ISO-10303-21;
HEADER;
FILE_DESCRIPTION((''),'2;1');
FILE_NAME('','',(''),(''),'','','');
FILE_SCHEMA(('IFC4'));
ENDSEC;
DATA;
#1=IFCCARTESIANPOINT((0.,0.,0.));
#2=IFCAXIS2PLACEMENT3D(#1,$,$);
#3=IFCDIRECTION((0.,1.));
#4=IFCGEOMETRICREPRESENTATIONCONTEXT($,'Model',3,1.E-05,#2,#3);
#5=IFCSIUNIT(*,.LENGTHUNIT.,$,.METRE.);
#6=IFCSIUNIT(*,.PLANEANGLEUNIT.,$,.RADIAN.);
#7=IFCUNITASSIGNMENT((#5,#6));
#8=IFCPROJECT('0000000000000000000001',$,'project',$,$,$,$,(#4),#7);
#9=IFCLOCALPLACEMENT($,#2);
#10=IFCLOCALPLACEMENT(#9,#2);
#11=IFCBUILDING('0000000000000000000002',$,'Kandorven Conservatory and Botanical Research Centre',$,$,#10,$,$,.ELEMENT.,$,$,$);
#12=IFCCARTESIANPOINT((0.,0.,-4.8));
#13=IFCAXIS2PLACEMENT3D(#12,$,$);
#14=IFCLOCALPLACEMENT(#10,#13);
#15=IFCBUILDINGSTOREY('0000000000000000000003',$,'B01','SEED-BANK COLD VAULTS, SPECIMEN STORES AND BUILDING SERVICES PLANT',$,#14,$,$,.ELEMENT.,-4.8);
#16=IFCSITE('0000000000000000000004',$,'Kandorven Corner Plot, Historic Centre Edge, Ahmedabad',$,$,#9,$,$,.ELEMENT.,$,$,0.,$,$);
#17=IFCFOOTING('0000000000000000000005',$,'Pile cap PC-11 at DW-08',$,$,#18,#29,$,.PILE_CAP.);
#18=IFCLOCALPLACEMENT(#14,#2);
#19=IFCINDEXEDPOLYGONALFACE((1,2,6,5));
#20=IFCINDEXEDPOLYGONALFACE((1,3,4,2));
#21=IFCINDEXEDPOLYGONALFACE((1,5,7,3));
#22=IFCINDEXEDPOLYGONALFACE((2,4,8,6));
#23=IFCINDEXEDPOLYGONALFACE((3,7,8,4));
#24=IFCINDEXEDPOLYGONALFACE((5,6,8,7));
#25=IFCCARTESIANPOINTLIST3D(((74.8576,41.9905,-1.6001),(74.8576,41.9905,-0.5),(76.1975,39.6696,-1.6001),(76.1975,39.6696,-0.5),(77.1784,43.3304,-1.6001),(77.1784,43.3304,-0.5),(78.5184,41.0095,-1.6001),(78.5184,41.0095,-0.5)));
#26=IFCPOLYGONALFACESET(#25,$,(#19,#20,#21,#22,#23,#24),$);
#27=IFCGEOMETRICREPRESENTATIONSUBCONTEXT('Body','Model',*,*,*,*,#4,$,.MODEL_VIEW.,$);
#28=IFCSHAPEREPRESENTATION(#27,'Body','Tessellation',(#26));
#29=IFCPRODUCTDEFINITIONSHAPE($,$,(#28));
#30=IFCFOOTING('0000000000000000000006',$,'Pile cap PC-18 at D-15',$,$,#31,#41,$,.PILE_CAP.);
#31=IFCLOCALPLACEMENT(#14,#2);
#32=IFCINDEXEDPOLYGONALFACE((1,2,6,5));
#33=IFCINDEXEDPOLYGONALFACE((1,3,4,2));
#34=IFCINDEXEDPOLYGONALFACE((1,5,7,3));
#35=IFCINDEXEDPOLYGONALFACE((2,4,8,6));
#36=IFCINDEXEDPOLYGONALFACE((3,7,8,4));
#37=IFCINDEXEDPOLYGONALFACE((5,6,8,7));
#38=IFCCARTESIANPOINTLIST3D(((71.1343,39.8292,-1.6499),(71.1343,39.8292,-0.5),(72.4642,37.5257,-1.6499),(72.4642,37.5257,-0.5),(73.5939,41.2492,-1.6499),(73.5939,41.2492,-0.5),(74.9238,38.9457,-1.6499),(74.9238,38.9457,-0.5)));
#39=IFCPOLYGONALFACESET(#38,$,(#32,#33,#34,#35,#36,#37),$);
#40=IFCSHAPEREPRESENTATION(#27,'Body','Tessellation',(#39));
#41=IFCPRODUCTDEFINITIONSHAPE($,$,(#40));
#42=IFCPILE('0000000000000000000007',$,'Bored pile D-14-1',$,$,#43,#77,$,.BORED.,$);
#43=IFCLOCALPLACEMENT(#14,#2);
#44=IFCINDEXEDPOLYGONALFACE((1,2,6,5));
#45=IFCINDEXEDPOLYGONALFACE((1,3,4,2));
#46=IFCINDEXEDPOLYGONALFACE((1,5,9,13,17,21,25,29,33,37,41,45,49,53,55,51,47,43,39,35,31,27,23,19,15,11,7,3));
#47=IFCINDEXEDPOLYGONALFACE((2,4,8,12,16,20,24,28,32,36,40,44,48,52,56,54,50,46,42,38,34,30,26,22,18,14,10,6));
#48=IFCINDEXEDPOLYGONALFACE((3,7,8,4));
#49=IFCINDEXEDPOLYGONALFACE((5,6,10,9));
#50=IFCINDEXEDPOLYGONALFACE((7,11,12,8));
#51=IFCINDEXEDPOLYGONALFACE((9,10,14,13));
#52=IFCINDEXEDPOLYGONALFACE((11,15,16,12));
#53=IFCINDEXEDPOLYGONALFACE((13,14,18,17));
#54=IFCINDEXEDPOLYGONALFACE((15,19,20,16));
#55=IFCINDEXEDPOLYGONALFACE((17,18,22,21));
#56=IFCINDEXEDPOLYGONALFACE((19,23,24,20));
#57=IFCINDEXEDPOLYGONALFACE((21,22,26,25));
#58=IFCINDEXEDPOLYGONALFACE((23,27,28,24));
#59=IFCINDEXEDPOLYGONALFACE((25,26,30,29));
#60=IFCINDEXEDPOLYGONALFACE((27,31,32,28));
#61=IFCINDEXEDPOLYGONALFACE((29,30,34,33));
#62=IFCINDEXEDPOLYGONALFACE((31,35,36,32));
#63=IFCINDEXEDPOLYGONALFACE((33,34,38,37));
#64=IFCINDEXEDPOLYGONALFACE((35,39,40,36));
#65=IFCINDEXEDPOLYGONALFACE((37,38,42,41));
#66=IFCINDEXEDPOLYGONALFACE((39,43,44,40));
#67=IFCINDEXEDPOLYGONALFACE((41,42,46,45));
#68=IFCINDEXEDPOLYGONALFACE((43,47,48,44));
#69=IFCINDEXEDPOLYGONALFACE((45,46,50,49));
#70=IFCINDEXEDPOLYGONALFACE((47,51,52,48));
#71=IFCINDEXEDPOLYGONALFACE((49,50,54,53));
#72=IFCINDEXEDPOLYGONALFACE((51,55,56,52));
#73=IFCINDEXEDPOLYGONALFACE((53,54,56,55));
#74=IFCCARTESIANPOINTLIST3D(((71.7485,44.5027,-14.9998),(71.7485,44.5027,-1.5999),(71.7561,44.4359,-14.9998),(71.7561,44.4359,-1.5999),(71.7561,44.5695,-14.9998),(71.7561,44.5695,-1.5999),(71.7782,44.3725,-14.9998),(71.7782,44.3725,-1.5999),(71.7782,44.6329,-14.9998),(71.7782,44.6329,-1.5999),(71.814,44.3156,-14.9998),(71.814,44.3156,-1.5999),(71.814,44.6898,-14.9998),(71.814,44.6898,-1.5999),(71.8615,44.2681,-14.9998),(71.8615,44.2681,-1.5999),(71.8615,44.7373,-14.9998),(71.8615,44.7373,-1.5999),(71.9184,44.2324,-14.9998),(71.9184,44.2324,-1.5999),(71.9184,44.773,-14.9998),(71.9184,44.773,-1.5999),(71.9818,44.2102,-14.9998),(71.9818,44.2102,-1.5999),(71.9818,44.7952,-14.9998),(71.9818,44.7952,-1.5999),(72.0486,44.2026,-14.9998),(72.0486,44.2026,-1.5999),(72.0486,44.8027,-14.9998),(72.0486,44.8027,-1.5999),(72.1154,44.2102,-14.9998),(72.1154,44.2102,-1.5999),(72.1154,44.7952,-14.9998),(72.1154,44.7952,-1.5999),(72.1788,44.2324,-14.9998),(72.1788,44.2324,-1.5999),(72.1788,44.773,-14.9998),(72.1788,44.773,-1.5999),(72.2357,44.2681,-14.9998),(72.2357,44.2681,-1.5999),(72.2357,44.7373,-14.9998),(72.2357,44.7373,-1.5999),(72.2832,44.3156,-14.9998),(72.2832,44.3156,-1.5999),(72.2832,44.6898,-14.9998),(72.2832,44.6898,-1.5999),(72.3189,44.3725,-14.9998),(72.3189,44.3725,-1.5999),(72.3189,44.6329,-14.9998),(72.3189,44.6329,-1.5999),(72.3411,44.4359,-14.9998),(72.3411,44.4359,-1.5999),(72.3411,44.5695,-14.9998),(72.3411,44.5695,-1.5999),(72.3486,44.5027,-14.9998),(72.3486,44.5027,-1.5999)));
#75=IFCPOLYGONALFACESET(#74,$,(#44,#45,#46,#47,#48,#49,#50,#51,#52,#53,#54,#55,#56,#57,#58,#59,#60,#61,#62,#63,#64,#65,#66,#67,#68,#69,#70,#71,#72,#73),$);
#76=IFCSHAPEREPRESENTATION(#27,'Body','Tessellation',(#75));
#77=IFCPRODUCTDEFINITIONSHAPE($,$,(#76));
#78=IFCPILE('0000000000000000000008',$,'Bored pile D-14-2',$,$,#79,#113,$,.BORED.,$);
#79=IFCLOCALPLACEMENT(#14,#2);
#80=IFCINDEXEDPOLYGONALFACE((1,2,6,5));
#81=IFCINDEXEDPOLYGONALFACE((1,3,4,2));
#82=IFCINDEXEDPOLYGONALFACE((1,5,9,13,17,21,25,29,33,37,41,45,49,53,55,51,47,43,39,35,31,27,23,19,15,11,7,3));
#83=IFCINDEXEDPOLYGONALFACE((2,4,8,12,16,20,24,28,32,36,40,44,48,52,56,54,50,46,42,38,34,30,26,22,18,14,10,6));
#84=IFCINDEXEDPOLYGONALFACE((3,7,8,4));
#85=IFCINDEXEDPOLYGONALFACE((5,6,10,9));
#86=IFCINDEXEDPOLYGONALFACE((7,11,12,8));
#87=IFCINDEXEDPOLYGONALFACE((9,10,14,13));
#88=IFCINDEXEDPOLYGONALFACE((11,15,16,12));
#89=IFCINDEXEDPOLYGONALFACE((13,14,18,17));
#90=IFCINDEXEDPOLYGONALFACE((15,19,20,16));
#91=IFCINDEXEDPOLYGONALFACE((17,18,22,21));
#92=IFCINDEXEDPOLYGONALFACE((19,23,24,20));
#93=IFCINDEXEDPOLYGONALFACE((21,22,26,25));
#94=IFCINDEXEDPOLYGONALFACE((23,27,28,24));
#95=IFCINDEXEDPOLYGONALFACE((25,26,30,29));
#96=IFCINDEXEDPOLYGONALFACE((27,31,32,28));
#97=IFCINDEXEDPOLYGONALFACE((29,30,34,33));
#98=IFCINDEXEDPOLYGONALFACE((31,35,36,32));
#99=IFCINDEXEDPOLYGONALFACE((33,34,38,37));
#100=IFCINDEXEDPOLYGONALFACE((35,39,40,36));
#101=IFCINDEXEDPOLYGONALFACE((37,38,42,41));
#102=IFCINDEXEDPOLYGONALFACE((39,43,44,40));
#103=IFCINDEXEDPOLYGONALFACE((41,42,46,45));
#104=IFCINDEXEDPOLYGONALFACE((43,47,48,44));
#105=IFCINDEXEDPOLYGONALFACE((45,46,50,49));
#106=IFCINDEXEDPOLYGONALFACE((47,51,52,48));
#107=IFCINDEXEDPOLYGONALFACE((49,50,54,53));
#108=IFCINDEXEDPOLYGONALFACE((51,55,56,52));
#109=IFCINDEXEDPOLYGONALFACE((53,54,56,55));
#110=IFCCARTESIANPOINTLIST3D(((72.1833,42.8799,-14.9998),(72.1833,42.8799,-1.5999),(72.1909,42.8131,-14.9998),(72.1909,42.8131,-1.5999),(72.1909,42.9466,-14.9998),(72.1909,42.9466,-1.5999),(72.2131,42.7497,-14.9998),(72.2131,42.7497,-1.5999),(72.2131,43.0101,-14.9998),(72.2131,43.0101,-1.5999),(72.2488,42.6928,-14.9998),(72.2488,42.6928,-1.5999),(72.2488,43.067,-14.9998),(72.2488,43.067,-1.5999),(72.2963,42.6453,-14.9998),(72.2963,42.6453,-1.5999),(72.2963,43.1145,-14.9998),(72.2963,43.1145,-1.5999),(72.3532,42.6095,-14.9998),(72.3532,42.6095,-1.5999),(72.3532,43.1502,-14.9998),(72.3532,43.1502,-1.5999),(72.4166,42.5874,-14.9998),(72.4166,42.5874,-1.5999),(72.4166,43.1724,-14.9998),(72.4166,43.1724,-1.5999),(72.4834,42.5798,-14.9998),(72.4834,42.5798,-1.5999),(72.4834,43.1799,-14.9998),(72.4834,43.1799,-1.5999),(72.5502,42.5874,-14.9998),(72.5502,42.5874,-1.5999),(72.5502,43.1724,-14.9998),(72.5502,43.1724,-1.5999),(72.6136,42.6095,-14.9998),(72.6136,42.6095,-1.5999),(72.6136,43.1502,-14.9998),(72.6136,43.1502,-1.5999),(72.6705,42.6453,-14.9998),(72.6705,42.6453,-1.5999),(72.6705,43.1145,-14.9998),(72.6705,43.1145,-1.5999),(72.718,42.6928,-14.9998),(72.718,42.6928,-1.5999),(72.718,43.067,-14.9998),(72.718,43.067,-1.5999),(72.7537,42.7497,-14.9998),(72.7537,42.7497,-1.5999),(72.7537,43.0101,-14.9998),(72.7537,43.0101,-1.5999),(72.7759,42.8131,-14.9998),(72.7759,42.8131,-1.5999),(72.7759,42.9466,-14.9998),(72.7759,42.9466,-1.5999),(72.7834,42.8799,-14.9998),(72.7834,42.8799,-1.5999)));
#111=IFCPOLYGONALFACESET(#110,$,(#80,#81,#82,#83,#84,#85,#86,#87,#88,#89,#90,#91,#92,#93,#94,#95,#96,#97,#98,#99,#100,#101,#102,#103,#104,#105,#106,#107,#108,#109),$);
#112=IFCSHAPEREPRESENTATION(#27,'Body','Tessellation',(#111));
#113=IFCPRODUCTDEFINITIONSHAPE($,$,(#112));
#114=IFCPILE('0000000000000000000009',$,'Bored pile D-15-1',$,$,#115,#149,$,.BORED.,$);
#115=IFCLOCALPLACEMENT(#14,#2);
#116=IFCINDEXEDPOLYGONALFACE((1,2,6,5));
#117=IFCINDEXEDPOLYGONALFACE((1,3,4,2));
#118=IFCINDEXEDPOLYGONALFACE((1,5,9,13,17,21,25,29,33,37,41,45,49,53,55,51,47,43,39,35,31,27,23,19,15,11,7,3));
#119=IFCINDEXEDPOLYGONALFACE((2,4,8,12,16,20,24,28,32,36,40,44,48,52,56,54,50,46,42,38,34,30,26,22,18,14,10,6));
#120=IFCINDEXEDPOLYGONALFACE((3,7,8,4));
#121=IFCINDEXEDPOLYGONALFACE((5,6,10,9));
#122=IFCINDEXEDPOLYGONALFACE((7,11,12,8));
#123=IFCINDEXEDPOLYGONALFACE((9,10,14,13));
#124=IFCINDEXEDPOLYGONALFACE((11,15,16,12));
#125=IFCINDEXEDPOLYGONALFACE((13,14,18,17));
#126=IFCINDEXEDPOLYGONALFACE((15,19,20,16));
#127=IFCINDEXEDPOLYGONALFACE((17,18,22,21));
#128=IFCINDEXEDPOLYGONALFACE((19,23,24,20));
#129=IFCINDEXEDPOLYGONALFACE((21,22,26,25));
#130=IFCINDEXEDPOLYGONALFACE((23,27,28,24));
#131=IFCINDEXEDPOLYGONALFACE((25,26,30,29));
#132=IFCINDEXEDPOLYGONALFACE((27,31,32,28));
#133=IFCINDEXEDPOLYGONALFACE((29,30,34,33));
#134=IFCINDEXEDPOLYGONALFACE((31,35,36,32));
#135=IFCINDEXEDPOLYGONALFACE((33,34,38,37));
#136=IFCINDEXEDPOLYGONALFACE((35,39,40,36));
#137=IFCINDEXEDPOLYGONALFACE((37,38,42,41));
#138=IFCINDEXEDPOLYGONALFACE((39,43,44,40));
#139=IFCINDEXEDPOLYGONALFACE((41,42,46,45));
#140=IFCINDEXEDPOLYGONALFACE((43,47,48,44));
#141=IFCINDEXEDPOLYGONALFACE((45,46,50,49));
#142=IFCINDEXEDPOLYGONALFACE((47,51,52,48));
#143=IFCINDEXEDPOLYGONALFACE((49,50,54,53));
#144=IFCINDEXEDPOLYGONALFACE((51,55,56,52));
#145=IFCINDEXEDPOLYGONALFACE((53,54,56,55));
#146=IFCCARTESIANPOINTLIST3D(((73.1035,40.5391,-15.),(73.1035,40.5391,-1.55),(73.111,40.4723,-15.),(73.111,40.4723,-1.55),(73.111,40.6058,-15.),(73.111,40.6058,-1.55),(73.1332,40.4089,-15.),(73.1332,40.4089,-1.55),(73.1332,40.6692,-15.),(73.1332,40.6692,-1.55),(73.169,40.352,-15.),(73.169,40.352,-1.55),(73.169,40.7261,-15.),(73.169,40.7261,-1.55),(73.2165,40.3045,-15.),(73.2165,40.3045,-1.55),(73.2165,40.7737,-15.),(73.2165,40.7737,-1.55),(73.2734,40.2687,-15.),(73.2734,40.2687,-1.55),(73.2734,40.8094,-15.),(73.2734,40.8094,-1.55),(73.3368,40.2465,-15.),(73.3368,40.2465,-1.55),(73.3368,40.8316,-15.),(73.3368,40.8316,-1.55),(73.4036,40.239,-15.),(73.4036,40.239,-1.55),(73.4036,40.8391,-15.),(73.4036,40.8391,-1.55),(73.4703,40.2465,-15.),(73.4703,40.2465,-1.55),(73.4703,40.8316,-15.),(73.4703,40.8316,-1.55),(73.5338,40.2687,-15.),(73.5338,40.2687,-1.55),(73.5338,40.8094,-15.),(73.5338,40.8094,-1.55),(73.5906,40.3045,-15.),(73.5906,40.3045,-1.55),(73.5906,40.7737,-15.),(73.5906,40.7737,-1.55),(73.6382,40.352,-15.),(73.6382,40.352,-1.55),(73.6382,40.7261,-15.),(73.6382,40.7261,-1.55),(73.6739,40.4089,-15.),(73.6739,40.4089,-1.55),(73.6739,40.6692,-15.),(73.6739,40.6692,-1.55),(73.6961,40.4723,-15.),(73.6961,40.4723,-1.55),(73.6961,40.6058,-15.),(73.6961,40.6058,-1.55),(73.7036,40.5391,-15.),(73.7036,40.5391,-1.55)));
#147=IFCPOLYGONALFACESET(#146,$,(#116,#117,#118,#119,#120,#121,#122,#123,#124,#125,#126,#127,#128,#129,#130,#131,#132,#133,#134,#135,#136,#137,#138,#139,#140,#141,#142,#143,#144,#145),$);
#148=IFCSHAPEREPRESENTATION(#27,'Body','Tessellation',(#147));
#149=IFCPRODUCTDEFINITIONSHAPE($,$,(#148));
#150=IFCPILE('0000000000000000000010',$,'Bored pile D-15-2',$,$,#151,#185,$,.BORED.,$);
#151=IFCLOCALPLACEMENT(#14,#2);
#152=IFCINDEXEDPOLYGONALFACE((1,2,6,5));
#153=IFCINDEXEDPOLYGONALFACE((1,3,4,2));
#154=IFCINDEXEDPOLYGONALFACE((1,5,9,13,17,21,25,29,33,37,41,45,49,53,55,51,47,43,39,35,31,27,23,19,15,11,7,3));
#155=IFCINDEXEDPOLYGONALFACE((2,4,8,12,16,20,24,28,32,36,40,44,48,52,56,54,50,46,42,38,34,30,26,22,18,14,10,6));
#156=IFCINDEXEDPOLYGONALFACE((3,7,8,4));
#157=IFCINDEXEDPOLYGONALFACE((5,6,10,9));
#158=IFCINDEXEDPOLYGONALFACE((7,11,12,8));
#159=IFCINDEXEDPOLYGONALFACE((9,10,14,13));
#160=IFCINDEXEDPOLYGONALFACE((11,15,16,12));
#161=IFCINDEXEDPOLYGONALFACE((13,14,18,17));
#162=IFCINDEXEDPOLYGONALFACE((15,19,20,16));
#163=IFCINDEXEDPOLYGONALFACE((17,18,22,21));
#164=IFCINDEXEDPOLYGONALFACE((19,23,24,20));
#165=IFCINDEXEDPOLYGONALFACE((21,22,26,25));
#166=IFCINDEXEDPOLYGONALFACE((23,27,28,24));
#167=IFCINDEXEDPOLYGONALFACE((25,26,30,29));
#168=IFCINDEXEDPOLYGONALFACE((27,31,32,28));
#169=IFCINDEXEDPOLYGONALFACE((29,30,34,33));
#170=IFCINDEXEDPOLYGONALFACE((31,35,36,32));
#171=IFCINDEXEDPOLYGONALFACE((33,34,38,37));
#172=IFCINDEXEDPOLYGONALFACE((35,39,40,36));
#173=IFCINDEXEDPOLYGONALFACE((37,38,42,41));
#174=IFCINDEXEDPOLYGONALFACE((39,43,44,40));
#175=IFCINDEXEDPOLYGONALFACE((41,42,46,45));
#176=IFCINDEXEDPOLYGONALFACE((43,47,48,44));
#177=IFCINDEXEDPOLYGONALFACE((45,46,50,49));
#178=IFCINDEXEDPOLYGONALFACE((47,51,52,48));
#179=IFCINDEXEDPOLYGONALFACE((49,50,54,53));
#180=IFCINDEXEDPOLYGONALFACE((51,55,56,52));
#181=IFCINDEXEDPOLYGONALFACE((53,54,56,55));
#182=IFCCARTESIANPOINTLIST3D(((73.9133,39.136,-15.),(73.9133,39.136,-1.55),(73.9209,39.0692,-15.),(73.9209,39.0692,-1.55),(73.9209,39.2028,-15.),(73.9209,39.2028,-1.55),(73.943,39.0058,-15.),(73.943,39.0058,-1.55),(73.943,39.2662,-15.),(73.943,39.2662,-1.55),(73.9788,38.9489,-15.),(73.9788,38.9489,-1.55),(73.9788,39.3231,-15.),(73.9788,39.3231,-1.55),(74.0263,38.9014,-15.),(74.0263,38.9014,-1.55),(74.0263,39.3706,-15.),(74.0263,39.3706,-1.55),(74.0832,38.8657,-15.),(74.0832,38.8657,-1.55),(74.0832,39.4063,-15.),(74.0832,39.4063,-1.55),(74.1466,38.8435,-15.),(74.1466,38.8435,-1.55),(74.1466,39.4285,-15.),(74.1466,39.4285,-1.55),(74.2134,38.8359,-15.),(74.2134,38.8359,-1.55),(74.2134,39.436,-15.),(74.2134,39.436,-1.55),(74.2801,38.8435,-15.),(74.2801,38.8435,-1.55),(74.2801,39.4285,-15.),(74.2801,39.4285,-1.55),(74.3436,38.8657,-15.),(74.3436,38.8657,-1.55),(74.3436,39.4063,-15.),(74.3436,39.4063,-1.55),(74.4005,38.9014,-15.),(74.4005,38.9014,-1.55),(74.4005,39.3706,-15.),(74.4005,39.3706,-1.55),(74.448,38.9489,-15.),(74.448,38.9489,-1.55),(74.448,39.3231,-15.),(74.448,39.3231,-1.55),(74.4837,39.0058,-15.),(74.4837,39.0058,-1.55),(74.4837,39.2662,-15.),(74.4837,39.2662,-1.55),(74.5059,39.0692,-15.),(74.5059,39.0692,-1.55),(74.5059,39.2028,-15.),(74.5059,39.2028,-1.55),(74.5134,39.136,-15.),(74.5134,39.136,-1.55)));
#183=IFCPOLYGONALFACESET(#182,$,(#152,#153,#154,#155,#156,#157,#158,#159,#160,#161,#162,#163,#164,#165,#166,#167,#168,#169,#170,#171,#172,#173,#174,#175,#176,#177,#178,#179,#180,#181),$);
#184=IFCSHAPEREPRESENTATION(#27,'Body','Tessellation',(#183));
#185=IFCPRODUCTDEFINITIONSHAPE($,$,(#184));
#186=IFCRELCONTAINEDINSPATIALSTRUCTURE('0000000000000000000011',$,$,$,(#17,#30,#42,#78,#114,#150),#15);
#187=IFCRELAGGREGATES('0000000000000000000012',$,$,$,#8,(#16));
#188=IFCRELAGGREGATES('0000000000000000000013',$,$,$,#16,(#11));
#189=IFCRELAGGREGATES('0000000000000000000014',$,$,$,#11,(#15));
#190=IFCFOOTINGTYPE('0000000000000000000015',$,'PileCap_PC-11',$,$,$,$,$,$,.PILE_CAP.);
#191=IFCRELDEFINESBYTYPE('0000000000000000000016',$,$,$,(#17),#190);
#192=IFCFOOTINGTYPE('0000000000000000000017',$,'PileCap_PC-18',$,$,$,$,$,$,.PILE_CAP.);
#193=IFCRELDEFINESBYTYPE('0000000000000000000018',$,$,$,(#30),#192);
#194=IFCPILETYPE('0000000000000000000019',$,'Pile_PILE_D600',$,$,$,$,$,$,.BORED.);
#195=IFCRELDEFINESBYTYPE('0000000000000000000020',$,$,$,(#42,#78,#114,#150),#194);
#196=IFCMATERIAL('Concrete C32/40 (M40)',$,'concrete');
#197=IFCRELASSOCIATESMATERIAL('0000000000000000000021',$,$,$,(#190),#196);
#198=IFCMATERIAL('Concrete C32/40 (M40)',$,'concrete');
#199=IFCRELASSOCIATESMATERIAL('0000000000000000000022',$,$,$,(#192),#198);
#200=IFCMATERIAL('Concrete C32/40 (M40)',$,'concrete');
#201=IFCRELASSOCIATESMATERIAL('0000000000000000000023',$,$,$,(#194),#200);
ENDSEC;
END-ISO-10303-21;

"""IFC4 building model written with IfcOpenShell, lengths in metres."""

from ifc_helpers import new_model, si_unit, direction, frame, origin, origin_2d, place, context, subcontext, project, spatial, rectangle, circle, extrude, material, material_profile, profile_set, type_object, element, save


model = new_model("IFC4")

# Units and contexts
model_context = context("Model", 3, precision=1e-05, world=origin(), true_north=direction((0.0, 1.0)))
body_context = subcontext(model_context, "Body", "Model", "MODEL_VIEW")
ifc_project = project(units=[si_unit("LENGTHUNIT", "METRE"), si_unit("PLANEANGLEUNIT", "RADIAN")], contexts=[model_context])

# Site, building, storey
site_placement = place(None, origin())
site = spatial("IfcSite", under=ifc_project, at=site_placement, Name="Kandorven Corner Plot, Historic Centre Edge, Ahmedabad", CompositionType="ELEMENT", RefElevation=0.0)
building_placement = place(site_placement, origin())
building = spatial("IfcBuilding", under=site, at=building_placement, Name="Kandorven Conservatory and Botanical Research Centre", CompositionType="ELEMENT")
storey_placement = place(building_placement, frame((0.0, 0.0, -4.8)))
storey = spatial("IfcBuildingStorey", under=building, at=storey_placement, Name="B01", Description="SEED-BANK COLD VAULTS, SPECIMEN STORES AND BUILDING SERVICES PLANT", CompositionType="ELEMENT", Elevation=-4.8)

# Footings
ifc_material_1 = material(Name="Concrete C32/40 (M40)", Category="concrete")
footing_type_1 = type_object("IfcFootingType", Name="PileCap_PC-11", PredefinedType="PILE_CAP", material=ifc_material_1)
footing_1_placement = place(storey_placement, frame((76.688, 41.5, -1.6001), z_axis=(0.0, 0.0, 1.0), x_axis=(-0.866025, -0.5, 0.0)))
element("IfcFooting", 1, at=footing_1_placement, inside=storey, type_object=footing_type_1, Name="Pile cap PC-11 at DW-08", PredefinedType="PILE_CAP", context=body_context, shape_type="SweptSolid", body=[
    extrude(rectangle(XDim=2.6799, YDim=2.6799, at=origin_2d()), origin(), (0.0, 0.0, 1.0), 1.1001),
])
ifc_material_2 = material(Name="Concrete C32/40 (M40)", Category="concrete")
footing_type_2 = type_object("IfcFootingType", Name="PileCap_PC-18", PredefinedType="PILE_CAP", material=ifc_material_2)
footing_2_placement = place(storey_placement, frame((73.0291, 39.3875, -1.6499), z_axis=(0.0, 0.0, 1.0), x_axis=(-0.866025, -0.5, 0.0)))
element("IfcFooting", 2, at=footing_2_placement, inside=storey, type_object=footing_type_2, Name="Pile cap PC-18 at D-15", PredefinedType="PILE_CAP", context=body_context, shape_type="SweptSolid", body=[
    extrude(rectangle(XDim=2.8401, YDim=2.6599, at=origin_2d()), origin(), (0.0, 0.0, 1.0), 1.1499),
])

# Piles
ifc_material_3 = material(Name="Concrete C32/40 (M40)", Category="concrete")
ifc_material_profile_1 = material_profile(ifc_material_3, circle(Radius=0.3, at=origin_2d()))
ifc_profile_set_1 = profile_set([ifc_material_profile_1], Name="Concrete C32/40 (M40)")
pile_type = type_object("IfcPileType", Name="Pile_PILE_D600", PredefinedType="BORED", material=ifc_profile_set_1)
for number, where, z_axis, x_axis, name in (
    (3, (72.0486, 44.5027, -1.5999), (0.0, 0.0, -1.0), (1.0, 0.0, 0.0), "Bored pile D-14-1"),
    (4, (72.4834, 42.8799, -1.5999), (0.0, 0.0, -1.0), (1.0, 0.0, 0.0), "Bored pile D-14-2"),
):
    element("IfcPile", number, at=place(storey_placement, frame(where, z_axis=z_axis, x_axis=x_axis)), inside=storey, type_object=pile_type, Name=name, PredefinedType="BORED", context=body_context, shape_type="SweptSolid", body=[
        extrude(circle(Radius=0.3, at=origin_2d()), origin(), (0.0, 0.0, 1.0), 13.3999),
    ])
for number, where, z_axis, x_axis, name in (
    (5, (73.4036, 40.5391, -1.55), (0.0, 0.0, -1.0), (1.0, 0.0, 0.0), "Bored pile D-15-1"),
    (6, (74.2134, 39.136, -1.55), (0.0, 0.0, -1.0), (1.0, 0.0, 0.0), "Bored pile D-15-2"),
):
    element("IfcPile", number, at=place(storey_placement, frame(where, z_axis=z_axis, x_axis=x_axis)), inside=storey, type_object=pile_type, Name=name, PredefinedType="BORED", context=body_context, shape_type="SweptSolid", body=[
        extrude(circle(Radius=0.3, at=origin_2d()), origin(), (0.0, 0.0, 1.0), 13.45),
    ])

save(model, "model.ifc")
